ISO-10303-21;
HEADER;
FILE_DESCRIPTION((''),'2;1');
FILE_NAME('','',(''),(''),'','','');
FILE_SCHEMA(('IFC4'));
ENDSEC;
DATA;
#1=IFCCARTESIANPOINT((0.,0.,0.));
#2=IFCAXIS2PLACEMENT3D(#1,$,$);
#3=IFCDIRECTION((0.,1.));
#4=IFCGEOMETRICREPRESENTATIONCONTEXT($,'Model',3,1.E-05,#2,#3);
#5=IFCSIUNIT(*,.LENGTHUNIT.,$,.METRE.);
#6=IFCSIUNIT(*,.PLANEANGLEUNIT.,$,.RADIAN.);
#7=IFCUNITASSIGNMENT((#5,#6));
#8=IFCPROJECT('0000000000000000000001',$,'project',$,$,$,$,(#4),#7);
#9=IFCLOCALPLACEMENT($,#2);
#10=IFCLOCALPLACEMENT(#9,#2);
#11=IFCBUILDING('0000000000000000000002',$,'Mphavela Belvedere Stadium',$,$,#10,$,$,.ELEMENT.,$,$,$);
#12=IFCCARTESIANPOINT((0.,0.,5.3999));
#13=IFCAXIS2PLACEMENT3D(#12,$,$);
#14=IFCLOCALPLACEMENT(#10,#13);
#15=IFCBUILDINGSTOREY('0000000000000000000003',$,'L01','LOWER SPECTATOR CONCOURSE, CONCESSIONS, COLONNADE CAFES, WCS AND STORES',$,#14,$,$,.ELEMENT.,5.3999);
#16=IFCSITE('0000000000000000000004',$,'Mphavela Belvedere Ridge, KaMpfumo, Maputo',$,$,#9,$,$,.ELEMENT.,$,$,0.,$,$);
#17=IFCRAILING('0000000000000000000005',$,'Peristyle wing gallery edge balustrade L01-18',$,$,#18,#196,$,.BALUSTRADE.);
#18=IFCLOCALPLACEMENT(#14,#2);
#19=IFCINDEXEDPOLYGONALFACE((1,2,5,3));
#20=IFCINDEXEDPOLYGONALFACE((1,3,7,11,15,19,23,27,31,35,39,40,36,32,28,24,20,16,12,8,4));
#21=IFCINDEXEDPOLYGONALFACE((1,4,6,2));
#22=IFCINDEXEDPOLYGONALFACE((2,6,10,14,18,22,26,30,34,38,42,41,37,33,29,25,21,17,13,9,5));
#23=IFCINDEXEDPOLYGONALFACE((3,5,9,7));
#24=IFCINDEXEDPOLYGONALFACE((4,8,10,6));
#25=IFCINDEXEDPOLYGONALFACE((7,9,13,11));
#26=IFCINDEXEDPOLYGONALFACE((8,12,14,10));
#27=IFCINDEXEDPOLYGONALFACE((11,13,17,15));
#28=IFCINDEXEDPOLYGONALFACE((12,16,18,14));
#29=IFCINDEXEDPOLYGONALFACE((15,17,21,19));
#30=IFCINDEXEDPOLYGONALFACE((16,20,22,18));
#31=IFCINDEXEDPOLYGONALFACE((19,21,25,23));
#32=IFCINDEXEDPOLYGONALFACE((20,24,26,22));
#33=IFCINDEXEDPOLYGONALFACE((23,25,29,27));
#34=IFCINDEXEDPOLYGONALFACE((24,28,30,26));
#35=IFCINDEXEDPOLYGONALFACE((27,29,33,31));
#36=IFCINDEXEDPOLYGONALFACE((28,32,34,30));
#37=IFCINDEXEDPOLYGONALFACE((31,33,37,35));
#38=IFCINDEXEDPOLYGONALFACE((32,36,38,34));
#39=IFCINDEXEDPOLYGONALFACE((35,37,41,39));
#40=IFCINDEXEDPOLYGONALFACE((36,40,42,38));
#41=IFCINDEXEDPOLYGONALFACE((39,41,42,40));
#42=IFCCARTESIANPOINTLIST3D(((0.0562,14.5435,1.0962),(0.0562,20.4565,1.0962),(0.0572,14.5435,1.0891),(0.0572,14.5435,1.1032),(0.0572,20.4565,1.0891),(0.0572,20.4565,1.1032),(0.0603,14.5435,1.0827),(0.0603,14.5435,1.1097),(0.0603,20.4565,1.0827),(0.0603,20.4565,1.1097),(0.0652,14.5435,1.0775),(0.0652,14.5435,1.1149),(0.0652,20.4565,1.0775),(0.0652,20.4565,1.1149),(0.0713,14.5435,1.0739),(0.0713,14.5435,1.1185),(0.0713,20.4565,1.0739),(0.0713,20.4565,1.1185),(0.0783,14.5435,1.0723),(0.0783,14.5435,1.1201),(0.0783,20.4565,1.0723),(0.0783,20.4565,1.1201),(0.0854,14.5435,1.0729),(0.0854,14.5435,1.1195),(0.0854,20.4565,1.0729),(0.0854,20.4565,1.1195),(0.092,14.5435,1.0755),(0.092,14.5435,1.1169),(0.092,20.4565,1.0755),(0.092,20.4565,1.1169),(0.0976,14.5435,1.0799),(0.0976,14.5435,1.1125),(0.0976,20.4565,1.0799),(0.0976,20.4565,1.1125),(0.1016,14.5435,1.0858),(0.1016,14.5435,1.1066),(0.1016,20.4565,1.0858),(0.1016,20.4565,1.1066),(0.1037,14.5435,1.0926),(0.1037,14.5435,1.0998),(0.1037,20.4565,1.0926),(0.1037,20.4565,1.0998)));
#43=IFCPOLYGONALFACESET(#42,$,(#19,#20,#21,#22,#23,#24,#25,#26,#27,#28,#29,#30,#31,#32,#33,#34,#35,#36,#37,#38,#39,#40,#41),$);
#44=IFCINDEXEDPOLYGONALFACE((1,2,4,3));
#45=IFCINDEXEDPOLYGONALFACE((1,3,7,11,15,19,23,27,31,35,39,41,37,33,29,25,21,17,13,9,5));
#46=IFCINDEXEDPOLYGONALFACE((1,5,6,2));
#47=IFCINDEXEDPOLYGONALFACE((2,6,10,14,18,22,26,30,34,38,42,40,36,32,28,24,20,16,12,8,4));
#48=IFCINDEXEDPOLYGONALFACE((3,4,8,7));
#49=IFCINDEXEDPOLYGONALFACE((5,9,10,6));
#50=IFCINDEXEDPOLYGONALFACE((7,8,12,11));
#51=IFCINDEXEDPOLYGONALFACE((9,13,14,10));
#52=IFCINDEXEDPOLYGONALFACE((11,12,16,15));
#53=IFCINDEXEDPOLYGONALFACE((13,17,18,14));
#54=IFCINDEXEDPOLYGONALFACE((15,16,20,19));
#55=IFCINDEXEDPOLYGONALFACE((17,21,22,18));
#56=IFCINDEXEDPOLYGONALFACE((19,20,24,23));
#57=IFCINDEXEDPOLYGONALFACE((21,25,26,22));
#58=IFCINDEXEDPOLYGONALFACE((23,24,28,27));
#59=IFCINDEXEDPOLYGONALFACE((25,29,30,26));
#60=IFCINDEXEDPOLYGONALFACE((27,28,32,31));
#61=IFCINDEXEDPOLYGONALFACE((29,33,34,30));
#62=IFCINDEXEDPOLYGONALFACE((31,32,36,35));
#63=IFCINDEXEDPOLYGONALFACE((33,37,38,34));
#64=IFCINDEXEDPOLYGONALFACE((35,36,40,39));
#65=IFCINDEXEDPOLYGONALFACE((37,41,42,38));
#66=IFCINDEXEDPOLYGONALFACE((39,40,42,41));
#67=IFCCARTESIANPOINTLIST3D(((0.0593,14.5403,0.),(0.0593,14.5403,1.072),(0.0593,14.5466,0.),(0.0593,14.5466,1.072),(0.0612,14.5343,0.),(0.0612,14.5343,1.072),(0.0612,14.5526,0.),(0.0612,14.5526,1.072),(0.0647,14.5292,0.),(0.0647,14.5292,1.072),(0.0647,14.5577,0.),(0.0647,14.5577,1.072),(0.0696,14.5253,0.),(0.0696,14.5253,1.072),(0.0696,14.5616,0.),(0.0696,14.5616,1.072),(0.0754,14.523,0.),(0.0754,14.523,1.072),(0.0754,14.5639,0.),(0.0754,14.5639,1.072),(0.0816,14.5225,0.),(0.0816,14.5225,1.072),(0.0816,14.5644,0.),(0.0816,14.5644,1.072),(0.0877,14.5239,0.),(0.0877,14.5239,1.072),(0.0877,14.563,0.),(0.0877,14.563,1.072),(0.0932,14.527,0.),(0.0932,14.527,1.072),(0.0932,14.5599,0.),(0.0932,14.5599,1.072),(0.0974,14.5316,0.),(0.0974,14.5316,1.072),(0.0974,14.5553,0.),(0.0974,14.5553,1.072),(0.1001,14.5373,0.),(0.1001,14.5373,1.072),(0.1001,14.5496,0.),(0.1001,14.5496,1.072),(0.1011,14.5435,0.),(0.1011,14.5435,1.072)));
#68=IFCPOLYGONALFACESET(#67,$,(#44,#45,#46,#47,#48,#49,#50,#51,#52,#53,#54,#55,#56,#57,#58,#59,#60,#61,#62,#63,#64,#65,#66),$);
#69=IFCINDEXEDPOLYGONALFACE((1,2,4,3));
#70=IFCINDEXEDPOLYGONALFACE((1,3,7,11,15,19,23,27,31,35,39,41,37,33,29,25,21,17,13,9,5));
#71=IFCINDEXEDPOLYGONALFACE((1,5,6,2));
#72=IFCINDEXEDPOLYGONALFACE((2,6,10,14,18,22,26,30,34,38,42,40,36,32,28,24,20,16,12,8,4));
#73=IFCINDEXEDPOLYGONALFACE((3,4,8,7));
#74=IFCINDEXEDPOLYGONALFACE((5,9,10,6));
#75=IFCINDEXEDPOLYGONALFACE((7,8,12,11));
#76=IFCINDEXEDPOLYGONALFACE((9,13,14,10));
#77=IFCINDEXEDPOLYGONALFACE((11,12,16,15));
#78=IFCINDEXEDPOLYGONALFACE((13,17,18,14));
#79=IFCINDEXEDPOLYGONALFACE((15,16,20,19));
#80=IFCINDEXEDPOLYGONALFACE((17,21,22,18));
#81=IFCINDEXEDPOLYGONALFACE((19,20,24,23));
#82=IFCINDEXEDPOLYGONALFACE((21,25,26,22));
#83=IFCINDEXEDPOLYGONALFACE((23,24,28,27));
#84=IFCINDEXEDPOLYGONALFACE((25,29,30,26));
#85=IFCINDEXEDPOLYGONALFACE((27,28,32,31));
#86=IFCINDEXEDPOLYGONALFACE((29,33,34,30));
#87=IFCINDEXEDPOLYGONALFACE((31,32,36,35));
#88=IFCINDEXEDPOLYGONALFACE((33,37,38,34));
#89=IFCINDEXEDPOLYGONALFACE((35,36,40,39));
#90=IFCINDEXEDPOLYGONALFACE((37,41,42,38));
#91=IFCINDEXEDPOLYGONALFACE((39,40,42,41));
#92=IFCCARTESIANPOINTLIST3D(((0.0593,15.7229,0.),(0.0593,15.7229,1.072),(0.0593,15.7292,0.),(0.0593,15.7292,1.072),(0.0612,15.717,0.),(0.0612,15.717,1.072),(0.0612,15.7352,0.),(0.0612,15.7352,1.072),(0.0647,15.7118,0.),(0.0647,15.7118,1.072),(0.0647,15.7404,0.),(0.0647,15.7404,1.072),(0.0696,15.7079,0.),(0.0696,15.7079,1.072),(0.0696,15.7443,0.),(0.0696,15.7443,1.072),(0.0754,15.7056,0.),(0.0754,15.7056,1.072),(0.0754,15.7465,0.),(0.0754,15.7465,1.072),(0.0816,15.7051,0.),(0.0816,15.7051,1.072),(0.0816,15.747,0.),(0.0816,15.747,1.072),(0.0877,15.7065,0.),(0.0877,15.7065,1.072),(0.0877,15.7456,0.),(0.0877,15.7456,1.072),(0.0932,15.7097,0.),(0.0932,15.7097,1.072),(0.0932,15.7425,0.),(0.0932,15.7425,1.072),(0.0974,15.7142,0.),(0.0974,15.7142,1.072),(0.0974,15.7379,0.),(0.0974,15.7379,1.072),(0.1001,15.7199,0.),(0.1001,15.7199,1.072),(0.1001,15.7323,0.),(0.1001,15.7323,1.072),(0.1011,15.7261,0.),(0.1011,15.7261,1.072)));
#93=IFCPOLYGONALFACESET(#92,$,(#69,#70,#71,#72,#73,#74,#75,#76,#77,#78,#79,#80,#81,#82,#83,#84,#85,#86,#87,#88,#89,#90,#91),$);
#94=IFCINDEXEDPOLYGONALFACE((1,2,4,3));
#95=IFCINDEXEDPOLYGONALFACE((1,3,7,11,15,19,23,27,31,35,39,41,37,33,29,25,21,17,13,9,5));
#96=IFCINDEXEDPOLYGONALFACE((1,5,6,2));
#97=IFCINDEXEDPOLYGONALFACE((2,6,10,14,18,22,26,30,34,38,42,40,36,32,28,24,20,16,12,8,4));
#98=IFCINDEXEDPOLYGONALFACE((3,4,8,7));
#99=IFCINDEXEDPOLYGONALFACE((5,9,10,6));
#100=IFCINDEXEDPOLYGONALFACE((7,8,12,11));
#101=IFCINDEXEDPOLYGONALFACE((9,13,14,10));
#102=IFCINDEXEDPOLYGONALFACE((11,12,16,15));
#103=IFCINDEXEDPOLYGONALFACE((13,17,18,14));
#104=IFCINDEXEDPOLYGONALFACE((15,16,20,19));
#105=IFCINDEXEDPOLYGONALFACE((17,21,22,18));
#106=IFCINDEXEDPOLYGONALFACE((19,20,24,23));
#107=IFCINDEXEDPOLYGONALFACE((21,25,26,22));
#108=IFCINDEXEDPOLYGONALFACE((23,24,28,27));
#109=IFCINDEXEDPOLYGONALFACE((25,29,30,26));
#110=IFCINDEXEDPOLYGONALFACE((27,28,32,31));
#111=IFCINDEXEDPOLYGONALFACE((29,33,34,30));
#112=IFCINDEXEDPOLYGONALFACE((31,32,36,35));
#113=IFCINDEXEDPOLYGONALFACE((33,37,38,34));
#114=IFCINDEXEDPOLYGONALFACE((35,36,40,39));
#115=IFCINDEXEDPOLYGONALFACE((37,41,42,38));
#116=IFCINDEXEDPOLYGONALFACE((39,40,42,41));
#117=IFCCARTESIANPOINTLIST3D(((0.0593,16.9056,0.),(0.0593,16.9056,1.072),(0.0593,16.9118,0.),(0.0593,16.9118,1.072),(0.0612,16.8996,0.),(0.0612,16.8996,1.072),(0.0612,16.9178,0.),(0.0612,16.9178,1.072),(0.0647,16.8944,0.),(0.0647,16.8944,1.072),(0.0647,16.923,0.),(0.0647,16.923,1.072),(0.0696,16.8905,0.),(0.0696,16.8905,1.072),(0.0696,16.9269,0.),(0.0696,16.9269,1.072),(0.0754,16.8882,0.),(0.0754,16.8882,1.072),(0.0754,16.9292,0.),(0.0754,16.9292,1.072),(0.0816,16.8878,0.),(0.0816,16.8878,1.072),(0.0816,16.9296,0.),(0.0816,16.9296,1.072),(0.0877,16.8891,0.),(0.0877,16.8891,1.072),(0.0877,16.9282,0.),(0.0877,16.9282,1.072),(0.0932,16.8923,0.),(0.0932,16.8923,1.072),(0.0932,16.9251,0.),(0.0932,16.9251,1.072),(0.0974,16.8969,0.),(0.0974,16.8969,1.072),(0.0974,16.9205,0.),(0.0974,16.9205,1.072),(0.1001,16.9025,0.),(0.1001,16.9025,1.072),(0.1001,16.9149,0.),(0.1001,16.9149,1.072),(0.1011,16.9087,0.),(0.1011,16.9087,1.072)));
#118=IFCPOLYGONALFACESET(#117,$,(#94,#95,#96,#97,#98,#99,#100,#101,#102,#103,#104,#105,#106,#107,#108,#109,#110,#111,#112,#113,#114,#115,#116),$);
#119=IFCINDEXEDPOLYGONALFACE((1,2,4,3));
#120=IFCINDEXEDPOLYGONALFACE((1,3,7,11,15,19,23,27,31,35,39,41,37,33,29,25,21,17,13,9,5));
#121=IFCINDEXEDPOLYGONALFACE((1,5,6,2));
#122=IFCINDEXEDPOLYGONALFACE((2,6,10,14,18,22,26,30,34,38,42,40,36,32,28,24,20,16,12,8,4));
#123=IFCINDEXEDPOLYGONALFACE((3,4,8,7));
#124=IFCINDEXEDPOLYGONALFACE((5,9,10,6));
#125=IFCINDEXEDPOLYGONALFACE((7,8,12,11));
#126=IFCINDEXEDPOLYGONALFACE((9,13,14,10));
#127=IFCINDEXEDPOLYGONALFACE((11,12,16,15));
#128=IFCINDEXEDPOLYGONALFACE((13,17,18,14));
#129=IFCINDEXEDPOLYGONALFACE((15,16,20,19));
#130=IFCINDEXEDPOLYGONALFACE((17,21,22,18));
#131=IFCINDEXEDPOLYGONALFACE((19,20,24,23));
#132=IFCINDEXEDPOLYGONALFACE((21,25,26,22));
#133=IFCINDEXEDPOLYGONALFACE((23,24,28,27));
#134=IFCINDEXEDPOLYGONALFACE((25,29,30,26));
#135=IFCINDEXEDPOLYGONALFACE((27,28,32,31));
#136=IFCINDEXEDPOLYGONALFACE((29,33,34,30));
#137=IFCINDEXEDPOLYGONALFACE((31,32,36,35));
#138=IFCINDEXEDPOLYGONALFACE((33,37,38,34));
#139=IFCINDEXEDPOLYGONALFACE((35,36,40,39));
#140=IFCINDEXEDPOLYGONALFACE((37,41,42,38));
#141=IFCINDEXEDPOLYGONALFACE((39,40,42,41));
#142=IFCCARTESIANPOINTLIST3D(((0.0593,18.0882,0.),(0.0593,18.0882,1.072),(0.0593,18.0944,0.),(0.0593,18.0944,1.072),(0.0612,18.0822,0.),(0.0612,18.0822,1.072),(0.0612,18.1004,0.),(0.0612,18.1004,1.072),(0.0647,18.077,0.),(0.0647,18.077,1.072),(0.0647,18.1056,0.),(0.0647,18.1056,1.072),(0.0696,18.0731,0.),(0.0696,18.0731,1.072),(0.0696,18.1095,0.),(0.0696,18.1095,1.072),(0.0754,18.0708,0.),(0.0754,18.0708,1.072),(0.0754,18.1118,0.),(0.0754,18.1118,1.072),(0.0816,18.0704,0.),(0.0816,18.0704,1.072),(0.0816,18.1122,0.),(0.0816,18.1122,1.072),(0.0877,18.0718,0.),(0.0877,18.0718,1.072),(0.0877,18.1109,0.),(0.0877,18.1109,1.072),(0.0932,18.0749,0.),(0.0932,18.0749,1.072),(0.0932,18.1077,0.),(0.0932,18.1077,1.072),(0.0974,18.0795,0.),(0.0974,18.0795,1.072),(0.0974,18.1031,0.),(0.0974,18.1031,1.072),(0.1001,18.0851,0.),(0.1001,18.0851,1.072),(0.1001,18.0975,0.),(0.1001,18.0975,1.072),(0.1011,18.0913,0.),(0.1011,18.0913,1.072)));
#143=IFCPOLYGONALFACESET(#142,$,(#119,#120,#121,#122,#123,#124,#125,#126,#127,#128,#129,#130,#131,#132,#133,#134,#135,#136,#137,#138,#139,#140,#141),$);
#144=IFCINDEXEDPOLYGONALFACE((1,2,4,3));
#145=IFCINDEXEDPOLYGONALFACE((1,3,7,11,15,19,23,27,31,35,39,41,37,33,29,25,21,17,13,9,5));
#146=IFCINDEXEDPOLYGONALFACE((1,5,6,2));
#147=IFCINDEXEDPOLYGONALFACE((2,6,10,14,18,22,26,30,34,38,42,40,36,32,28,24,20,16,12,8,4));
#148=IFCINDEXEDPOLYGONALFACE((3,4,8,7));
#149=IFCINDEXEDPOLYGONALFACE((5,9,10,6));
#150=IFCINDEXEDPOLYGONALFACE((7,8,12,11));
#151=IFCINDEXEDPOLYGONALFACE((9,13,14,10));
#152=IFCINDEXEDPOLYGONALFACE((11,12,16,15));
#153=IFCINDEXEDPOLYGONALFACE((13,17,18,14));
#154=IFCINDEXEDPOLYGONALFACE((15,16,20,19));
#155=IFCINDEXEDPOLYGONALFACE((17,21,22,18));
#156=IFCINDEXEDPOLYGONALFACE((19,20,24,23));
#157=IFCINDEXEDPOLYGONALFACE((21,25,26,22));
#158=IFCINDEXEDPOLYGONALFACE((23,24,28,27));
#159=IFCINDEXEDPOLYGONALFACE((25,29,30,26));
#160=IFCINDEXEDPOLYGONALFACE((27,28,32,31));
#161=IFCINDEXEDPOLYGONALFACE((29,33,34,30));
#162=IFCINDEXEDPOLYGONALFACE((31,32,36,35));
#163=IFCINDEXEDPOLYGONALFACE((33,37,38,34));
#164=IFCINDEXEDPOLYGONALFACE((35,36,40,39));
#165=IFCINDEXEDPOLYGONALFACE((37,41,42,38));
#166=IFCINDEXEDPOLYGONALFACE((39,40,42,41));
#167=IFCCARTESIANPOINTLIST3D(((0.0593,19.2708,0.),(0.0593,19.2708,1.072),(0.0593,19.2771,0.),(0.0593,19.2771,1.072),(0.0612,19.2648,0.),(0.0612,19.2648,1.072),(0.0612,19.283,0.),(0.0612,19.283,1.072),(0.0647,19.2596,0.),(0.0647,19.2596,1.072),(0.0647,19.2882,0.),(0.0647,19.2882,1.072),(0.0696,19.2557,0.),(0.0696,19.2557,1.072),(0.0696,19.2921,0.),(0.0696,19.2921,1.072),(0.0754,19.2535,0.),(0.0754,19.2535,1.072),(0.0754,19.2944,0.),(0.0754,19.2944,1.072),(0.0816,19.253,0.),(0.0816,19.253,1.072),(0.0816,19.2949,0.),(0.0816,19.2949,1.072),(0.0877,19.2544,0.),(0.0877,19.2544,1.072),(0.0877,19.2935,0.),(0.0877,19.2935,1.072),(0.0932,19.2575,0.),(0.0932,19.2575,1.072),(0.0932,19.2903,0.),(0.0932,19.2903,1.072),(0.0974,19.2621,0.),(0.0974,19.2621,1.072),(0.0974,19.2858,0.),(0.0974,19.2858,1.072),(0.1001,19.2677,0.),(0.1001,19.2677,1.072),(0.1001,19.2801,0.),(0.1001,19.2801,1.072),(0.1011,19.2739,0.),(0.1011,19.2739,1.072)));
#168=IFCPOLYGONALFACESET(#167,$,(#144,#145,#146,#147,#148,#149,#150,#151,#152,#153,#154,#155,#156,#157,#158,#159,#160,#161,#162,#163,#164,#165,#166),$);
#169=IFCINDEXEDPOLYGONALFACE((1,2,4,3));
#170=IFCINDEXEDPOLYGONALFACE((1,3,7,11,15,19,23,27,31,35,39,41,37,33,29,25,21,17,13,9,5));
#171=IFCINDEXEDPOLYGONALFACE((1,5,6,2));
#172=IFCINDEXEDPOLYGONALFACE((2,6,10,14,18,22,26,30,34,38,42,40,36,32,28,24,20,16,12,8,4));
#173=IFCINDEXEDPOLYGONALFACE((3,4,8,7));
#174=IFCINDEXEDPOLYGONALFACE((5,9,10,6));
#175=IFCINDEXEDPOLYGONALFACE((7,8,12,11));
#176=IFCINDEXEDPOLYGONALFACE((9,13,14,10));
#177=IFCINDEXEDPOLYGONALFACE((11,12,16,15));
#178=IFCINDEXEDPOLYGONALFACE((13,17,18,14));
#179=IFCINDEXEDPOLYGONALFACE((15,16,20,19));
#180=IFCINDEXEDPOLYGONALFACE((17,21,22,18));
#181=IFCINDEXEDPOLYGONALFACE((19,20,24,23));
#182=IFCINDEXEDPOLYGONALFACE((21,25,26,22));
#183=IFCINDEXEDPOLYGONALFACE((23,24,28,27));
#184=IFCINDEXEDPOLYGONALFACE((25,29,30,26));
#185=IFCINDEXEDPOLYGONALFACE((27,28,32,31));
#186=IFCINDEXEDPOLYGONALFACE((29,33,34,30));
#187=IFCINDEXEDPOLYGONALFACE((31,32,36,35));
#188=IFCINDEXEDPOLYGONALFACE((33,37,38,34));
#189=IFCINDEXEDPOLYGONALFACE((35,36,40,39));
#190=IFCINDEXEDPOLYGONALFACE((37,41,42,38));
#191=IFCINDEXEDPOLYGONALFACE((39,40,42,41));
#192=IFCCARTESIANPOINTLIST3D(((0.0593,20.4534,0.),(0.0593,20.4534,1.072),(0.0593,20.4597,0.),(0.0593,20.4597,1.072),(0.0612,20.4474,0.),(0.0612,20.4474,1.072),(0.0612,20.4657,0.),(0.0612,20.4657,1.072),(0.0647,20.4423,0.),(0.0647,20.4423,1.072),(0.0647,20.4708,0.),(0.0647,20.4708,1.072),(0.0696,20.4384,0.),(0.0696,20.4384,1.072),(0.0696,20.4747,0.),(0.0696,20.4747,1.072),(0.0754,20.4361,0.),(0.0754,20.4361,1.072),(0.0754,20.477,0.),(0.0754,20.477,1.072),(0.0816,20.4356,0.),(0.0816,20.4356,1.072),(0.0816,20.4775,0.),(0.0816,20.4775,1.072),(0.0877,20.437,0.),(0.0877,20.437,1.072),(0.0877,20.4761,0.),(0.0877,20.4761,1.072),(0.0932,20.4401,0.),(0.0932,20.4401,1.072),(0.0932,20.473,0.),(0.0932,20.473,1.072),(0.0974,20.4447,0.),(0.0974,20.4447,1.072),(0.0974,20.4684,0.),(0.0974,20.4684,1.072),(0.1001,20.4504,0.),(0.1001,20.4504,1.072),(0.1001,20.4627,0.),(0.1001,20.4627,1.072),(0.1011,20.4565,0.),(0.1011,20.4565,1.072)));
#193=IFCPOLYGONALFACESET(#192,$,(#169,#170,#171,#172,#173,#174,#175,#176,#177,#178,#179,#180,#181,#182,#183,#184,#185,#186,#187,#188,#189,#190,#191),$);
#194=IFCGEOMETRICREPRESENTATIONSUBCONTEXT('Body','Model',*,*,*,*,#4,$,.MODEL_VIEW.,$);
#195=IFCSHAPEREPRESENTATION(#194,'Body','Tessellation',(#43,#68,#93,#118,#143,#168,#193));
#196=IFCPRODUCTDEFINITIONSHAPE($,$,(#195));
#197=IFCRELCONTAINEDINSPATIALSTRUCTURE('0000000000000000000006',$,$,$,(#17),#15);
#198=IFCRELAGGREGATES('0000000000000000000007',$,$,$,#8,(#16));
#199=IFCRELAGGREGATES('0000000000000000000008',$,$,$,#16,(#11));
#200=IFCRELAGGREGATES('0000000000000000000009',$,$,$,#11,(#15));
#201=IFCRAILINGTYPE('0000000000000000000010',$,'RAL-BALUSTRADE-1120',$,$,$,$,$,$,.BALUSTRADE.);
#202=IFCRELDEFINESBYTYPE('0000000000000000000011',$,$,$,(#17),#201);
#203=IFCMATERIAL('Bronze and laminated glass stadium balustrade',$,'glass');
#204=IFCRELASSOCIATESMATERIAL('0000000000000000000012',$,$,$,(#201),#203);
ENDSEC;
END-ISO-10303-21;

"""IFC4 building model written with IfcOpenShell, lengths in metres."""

from ifc_helpers import new_model, si_unit, direction, frame, origin, origin_2d, place, context, subcontext, project, spatial, circle, extrude, material, type_object, element, save


model = new_model("IFC4")

# Units and contexts
model_context = context("Model", 3, precision=1e-05, world=origin(), true_north=direction((0.0, 1.0)))
body_context = subcontext(model_context, "Body", "Model", "MODEL_VIEW")
ifc_project = project(units=[si_unit("LENGTHUNIT", "METRE"), si_unit("PLANEANGLEUNIT", "RADIAN")], contexts=[model_context])

# Site, building, storey
site_placement = place(None, origin())
site = spatial("IfcSite", under=ifc_project, at=site_placement, Name="Mphavela Belvedere Ridge, KaMpfumo, Maputo", CompositionType="ELEMENT", RefElevation=0.0)
building_placement = place(site_placement, origin())
building = spatial("IfcBuilding", under=site, at=building_placement, Name="Mphavela Belvedere Stadium", CompositionType="ELEMENT")
storey_placement = place(building_placement, frame((0.0, 0.0, 5.3999)))
storey = spatial("IfcBuildingStorey", under=building, at=storey_placement, Name="L01", Description="LOWER SPECTATOR CONCOURSE, CONCESSIONS, COLONNADE CAFES, WCS AND STORES", CompositionType="ELEMENT", Elevation=5.3999)

# Railing
ifc_material_1 = material(Name="Bronze and laminated glass stadium balustrade", Category="glass")
railing_type = type_object("IfcRailingType", Name="RAL-BALUSTRADE-1120", PredefinedType="BALUSTRADE", material=ifc_material_1)
for number, where, name in (
    (1, (0.0801, 14.5435, 0.0), "Peristyle wing gallery edge balustrade L01-18"),
):
    element("IfcRailing", number, at=place(storey_placement, frame(where)), inside=storey, type_object=railing_type, Name=name, PredefinedType="BALUSTRADE", context=body_context, shape_type="SweptSolid", body=[
        extrude(circle(Radius=0.0239, at=origin_2d()), frame((0.0, 0.0, 1.0962), z_axis=(0.0, 1.0, 0.0), x_axis=(-1.0, 0.0, 0.0)), (0.0, 0.0, 1.0), 5.9131),
        extrude(circle(Radius=0.021, at=origin_2d()), origin(), (0.0, 0.0, 1.0), 1.072),
        extrude(circle(Radius=0.021, at=origin_2d()), frame((0.0, 1.1826, 0.0)), (0.0, 0.0, 1.0), 1.072),
        extrude(circle(Radius=0.021, at=origin_2d()), frame((0.0, 2.3652, 0.0)), (0.0, 0.0, 1.0), 1.072),
        extrude(circle(Radius=0.021, at=origin_2d()), frame((0.0, 3.5479, 0.0)), (0.0, 0.0, 1.0), 1.072),
        extrude(circle(Radius=0.021, at=origin_2d()), frame((0.0, 4.7305, 0.0)), (0.0, 0.0, 1.0), 1.072),
        extrude(circle(Radius=0.021, at=origin_2d()), frame((0.0, 5.9131, 0.0)), (0.0, 0.0, 1.0), 1.072),
    ])

save(model, "model.ifc")
